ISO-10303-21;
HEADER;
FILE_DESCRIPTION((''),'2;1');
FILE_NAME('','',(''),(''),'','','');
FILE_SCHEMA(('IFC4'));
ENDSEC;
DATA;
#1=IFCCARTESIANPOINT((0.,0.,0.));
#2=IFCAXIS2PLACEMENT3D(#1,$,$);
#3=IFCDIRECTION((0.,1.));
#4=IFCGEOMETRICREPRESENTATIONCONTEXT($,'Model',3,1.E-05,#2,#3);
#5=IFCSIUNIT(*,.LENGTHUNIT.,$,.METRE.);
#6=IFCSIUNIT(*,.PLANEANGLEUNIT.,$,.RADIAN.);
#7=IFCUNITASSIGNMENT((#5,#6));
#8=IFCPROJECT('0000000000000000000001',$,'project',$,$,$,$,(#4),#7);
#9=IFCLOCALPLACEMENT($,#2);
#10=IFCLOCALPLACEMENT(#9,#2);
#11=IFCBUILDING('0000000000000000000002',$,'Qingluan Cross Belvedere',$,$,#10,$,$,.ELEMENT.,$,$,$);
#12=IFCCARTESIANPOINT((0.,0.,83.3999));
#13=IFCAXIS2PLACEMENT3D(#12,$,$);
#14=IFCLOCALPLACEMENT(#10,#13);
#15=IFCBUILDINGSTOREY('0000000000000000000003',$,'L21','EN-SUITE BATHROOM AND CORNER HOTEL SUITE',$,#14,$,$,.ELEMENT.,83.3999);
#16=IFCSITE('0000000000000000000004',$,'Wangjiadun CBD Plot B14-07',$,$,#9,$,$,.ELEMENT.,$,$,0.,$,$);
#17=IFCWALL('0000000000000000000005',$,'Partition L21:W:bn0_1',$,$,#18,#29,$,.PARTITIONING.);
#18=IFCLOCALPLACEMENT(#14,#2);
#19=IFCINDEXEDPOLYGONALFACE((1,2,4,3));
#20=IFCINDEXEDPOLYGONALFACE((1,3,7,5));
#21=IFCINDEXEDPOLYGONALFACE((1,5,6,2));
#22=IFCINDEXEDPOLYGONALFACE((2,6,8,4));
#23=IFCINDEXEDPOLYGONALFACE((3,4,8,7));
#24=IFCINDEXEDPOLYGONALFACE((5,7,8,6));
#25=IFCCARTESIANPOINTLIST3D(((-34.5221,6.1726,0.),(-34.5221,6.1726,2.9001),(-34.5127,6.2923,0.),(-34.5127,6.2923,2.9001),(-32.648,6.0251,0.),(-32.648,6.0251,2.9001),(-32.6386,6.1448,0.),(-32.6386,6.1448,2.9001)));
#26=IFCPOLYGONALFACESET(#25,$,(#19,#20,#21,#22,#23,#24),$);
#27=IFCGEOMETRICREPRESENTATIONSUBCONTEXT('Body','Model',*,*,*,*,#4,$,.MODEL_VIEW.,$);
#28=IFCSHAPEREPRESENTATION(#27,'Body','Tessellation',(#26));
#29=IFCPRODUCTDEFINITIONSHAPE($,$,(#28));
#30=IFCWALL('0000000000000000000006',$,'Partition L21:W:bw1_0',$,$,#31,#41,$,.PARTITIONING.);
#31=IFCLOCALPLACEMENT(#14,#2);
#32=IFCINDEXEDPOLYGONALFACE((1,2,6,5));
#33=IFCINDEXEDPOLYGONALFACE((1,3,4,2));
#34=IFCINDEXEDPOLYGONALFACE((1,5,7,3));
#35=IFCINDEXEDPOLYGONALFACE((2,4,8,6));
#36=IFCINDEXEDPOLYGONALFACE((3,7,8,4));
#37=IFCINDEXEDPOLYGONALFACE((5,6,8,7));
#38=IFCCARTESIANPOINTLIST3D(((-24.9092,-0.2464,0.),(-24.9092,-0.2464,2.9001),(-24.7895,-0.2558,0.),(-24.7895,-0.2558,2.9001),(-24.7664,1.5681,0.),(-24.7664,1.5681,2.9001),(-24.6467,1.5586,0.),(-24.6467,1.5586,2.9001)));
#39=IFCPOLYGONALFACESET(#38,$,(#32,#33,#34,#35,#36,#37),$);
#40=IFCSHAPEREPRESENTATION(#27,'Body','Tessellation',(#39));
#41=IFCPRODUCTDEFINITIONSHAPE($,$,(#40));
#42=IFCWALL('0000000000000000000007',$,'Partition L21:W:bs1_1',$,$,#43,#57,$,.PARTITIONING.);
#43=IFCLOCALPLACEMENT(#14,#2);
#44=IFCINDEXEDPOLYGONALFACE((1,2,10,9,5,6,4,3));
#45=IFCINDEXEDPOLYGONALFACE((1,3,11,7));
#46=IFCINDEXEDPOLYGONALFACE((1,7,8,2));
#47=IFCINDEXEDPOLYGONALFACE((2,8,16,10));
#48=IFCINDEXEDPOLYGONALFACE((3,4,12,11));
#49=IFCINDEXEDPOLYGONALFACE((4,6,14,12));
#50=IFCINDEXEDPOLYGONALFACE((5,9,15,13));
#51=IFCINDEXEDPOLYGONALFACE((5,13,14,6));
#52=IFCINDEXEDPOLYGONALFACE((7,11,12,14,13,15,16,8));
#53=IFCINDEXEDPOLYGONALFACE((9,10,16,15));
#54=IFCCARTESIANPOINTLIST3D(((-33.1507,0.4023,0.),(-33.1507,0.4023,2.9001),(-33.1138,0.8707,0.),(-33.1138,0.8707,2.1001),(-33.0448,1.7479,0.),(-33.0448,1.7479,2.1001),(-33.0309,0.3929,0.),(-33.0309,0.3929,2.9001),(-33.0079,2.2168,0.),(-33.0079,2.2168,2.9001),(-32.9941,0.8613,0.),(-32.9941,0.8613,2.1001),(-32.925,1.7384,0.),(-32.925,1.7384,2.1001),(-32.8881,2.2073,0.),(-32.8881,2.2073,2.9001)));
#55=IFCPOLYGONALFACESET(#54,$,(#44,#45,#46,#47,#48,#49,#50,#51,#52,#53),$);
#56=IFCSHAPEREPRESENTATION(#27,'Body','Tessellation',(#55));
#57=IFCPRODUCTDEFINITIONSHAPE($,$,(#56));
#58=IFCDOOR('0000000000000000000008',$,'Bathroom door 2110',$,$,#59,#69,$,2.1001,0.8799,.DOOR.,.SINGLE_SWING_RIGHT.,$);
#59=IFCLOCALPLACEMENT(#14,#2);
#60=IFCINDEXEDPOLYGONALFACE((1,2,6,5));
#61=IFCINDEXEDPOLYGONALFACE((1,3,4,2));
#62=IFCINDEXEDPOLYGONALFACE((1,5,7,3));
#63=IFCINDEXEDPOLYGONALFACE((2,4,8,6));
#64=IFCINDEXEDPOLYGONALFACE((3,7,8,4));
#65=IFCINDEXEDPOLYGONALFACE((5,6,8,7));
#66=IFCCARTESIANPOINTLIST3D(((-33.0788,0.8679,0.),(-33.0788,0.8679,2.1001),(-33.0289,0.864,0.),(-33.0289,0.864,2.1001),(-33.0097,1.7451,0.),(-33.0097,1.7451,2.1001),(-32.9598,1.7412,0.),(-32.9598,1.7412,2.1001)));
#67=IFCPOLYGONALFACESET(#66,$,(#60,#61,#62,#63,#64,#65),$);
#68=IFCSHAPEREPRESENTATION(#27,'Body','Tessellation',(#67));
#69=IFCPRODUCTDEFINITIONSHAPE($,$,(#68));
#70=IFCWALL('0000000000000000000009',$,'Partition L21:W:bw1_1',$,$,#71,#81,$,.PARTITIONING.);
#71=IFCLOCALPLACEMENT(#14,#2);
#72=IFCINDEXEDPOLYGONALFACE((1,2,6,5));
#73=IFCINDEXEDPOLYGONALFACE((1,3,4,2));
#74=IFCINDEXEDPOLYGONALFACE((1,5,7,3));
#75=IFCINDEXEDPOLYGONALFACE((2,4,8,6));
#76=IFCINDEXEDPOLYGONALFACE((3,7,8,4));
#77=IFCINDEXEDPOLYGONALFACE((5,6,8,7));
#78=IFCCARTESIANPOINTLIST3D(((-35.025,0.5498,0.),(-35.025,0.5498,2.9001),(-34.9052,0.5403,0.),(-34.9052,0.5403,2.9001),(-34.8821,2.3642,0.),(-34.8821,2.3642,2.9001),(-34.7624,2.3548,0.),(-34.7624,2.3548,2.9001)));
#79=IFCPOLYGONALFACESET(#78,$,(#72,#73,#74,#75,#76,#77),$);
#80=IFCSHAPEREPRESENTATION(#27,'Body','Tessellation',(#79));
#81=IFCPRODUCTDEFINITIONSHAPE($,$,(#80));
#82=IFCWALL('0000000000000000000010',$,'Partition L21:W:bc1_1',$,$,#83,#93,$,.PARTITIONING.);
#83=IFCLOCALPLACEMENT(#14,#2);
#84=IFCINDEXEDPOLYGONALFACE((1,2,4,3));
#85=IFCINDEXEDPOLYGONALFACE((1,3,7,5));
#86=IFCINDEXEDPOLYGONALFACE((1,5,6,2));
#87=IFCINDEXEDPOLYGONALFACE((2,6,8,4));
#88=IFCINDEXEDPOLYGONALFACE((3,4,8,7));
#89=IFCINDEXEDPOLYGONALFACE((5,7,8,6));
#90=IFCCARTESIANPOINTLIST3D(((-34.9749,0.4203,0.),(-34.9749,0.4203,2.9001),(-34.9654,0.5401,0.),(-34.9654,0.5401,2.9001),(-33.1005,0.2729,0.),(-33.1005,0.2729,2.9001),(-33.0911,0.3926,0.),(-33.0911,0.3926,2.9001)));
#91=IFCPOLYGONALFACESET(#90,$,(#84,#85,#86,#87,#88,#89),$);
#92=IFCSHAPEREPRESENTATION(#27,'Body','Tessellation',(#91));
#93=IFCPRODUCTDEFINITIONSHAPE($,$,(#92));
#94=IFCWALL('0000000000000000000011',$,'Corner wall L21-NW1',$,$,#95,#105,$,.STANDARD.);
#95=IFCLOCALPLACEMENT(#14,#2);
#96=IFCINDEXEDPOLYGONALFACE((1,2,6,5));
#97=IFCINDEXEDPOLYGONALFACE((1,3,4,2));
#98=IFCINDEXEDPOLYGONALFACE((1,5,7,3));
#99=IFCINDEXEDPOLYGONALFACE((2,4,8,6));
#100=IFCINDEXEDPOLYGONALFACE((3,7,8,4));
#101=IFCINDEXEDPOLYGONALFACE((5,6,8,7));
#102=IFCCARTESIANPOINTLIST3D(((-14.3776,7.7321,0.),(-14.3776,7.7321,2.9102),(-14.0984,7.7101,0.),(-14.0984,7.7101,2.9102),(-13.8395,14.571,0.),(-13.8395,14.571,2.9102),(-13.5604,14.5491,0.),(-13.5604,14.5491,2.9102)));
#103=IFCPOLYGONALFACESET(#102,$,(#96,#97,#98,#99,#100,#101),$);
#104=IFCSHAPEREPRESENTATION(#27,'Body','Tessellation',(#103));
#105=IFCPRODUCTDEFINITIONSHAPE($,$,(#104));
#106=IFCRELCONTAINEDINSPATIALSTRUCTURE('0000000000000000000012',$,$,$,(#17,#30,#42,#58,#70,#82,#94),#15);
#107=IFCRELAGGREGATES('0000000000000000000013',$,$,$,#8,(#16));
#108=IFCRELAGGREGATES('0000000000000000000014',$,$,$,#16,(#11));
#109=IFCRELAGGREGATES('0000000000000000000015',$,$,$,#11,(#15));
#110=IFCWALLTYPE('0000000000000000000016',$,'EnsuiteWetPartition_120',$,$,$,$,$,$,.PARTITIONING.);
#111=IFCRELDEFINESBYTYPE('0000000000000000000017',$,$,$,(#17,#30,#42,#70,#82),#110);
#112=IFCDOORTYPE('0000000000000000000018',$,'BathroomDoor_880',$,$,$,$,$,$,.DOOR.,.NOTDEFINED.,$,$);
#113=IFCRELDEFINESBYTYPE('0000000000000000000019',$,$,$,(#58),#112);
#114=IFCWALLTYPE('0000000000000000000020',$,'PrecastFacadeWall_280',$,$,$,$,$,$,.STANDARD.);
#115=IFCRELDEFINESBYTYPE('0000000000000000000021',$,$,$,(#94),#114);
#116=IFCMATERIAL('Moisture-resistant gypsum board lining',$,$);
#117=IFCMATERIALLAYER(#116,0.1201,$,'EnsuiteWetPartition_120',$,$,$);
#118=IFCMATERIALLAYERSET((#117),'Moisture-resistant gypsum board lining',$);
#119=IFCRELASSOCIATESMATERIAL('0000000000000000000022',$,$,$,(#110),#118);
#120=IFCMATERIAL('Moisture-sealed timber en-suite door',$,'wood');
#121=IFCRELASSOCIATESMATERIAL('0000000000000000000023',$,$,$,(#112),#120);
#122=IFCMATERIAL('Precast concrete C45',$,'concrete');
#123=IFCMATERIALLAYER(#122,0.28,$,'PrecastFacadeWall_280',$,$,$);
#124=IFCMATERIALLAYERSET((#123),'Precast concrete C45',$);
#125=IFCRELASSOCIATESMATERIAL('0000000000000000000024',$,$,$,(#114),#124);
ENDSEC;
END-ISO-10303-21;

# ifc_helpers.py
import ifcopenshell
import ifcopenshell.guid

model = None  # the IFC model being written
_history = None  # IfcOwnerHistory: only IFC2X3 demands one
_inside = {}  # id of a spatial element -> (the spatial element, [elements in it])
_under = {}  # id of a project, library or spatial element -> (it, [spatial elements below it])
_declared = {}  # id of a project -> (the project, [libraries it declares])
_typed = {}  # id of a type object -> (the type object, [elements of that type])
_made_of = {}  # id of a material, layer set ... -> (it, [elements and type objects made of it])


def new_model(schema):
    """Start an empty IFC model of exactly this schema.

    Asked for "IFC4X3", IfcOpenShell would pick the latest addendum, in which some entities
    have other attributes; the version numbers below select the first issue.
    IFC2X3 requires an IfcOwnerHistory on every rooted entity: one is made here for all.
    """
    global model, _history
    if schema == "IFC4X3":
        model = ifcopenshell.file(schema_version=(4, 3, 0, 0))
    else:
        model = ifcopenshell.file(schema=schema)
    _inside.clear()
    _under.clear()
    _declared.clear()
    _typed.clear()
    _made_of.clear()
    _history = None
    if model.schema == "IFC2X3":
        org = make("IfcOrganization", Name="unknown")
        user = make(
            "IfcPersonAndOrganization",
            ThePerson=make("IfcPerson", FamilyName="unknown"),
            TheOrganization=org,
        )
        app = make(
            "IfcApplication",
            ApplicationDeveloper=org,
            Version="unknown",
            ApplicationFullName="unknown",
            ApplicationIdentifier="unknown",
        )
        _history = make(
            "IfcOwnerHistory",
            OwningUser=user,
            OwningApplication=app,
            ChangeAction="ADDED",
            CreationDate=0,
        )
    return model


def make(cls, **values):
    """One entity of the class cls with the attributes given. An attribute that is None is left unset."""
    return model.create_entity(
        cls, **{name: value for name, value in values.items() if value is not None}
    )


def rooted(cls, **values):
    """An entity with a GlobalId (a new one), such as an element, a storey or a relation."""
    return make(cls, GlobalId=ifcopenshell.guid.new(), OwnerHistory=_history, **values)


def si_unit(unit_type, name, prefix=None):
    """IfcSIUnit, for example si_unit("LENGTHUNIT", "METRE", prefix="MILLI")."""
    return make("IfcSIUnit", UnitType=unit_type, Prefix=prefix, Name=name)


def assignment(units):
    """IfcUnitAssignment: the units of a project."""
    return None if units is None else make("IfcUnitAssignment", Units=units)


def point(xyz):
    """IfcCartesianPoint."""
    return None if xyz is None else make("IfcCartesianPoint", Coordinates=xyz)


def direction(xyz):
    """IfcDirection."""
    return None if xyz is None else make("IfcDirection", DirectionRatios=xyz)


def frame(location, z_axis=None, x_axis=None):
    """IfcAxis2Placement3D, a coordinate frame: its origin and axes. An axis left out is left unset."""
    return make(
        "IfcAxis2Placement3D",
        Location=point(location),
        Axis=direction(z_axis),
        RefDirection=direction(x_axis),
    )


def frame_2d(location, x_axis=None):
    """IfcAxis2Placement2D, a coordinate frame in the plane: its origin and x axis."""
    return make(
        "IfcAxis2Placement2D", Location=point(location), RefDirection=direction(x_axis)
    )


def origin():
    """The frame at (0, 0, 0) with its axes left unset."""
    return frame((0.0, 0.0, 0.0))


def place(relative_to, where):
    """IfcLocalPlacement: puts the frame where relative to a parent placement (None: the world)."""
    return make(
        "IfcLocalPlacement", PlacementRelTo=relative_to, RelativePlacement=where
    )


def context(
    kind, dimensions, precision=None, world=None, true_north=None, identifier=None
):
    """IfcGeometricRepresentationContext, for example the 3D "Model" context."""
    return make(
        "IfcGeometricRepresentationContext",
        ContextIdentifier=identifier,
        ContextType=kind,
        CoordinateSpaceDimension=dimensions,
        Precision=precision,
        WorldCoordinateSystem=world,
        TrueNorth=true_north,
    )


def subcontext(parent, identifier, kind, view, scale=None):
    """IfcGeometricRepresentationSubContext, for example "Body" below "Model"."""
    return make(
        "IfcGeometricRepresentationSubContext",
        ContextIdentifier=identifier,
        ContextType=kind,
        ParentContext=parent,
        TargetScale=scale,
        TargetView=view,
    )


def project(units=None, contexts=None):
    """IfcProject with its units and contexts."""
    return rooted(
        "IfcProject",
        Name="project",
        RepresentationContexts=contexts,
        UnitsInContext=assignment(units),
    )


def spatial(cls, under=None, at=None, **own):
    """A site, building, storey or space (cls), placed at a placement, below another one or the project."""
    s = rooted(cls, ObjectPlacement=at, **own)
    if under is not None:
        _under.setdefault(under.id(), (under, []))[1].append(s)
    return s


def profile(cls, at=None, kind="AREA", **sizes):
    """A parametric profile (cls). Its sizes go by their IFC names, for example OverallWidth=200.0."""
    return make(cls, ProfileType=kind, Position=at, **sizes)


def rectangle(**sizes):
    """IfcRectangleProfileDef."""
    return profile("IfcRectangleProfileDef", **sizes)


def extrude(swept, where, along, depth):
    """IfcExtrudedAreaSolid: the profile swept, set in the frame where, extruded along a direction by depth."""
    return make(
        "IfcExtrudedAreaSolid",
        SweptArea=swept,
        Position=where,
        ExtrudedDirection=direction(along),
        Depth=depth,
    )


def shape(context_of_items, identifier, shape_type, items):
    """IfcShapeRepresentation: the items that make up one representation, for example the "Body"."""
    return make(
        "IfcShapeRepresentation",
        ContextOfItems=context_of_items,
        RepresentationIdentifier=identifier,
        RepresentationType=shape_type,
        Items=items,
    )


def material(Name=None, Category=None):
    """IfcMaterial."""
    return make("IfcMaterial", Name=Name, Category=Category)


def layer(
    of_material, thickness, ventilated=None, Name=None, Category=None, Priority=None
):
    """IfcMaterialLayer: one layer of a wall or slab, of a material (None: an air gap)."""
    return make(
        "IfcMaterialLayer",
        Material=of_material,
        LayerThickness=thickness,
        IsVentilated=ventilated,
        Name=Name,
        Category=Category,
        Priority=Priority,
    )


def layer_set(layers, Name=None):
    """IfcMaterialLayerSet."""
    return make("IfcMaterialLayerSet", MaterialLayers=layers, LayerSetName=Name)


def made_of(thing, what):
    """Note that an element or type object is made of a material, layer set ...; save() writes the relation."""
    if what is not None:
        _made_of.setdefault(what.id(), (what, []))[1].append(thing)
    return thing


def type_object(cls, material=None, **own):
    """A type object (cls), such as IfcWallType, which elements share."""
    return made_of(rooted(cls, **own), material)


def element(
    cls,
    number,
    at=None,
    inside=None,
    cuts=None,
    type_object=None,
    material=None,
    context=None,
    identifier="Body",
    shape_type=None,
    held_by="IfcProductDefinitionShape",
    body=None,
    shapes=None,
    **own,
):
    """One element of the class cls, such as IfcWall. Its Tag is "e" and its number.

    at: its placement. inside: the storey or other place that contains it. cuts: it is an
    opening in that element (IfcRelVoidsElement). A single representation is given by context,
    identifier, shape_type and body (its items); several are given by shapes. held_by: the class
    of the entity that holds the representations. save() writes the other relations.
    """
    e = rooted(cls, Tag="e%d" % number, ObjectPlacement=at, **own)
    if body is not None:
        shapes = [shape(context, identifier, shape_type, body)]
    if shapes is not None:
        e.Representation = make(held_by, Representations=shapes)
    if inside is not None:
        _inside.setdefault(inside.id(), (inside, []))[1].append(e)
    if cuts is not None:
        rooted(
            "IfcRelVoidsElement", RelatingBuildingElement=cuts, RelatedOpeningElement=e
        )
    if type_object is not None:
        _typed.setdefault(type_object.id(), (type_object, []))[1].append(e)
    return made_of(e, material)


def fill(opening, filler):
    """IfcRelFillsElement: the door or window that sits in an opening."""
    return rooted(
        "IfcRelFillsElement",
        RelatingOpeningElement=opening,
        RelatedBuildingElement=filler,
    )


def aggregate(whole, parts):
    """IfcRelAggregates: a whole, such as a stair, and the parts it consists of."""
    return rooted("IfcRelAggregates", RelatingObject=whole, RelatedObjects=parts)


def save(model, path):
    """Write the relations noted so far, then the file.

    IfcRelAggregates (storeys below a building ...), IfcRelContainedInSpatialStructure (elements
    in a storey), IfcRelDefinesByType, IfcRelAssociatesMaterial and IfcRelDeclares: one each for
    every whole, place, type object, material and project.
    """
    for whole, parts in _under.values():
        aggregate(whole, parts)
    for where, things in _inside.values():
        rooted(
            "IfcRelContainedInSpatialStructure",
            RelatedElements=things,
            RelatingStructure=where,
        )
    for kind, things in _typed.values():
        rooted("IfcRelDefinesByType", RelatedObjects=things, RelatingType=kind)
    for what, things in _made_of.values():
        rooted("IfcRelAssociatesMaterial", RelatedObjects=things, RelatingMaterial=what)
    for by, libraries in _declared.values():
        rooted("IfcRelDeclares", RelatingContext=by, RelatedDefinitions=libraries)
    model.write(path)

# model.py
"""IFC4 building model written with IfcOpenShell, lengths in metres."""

from ifc_helpers import new_model, si_unit, direction, frame, frame_2d, origin, place, context, subcontext, project, spatial, rectangle, extrude, material, layer, layer_set, type_object, element, fill, save


model = new_model("IFC4")

# Units and contexts
model_context = context("Model", 3, precision=1e-05, world=origin(), true_north=direction((0.0, 1.0)))
body_context = subcontext(model_context, "Body", "Model", "MODEL_VIEW")
ifc_project = project(units=[si_unit("LENGTHUNIT", "METRE"), si_unit("PLANEANGLEUNIT", "RADIAN")], contexts=[model_context])

# Site, building, storey
site_placement = place(None, origin())
site = spatial("IfcSite", under=ifc_project, at=site_placement, Name="Wangjiadun CBD Plot B14-07", CompositionType="ELEMENT", RefElevation=0.0)
building_placement = place(site_placement, origin())
building = spatial("IfcBuilding", under=site, at=building_placement, Name="Qingluan Cross Belvedere", CompositionType="ELEMENT")
storey_placement = place(building_placement, frame((0.0, 0.0, 83.3999)))
storey = spatial("IfcBuildingStorey", under=building, at=storey_placement, Name="L21", Description="EN-SUITE BATHROOM AND CORNER HOTEL SUITE", CompositionType="ELEMENT", Elevation=83.3999)

# Shared definitions
ifc_material_1 = material(Name="Moisture-resistant gypsum board lining")
ifc_layer_1 = layer(ifc_material_1, 0.1201, Name="EnsuiteWetPartition_120")
ifc_layer_set_1 = layer_set([ifc_layer_1], Name="Moisture-resistant gypsum board lining")
wall_type_1 = type_object("IfcWallType", Name="EnsuiteWetPartition_120", PredefinedType="PARTITIONING", material=ifc_layer_set_1)
ifc_material_2 = material(Name="Moisture-sealed timber en-suite door", Category="wood")
door_type_1 = type_object("IfcDoorType", Name="BathroomDoor_880", OperationType="NOTDEFINED", PredefinedType="DOOR", material=ifc_material_2)

# Walls
wall_1_placement = place(storey_placement, frame((-32.6433, 6.085, 0.0), z_axis=(0.0, 0.0, 1.0), x_axis=(-0.996918, 0.078444, 0.0)))
element("IfcWall", 1, at=wall_1_placement, inside=storey, type_object=wall_type_1, Name="Partition L21:W:bn0_1", PredefinedType="PARTITIONING", context=body_context, shape_type="SweptSolid", body=[
    extrude(rectangle(XDim=1.8799, YDim=0.1201, at=frame_2d((0.9399, 0.0))), origin(), (0.0, 0.0, 1.0), 2.9001),
])
wall_2_placement = place(storey_placement, frame((-24.8494, -0.2512, 0.0), z_axis=(0.0, 0.0, 1.0), x_axis=(0.078471, 0.996916, 0.0)))
element("IfcWall", 2, at=wall_2_placement, inside=storey, type_object=wall_type_1, Name="Partition L21:W:bw1_0", PredefinedType="PARTITIONING", context=body_context, shape_type="SweptSolid", body=[
    extrude(rectangle(XDim=1.8201, YDim=0.1201, at=frame_2d((0.9102, 0.0))), origin(), (0.0, 0.0, 1.0), 2.9001),
])

# Wall, opening, door
wall_3_placement = place(storey_placement, frame((-33.0908, 0.3975, 0.0), z_axis=(0.0, 0.0, 1.0), x_axis=(0.078471, 0.996916, 0.0)))
wall_3 = element("IfcWall", 3, at=wall_3_placement, inside=storey, type_object=wall_type_1, Name="Partition L21:W:bs1_1", PredefinedType="PARTITIONING", context=body_context, shape_type="SweptSolid", body=[
    extrude(rectangle(XDim=1.8201, YDim=0.1201, at=frame_2d((0.9102, 0.0))), origin(), (0.0, 0.0, 1.0), 2.9001),
])
opening_1_placement = place(wall_3_placement, frame((0.47, 0.0, 0.0)))
opening_1 = element("IfcOpeningElement", 4, at=opening_1_placement, cuts=wall_3, PredefinedType="OPENING", context=body_context, shape_type="SweptSolid", body=[
    extrude(rectangle(XDim=0.8799, YDim=2.1001, at=frame_2d((0.4399, 1.05))), frame((0.0, 0.0701, 0.0), z_axis=(0.0, -1.0, 0.0), x_axis=(1.0, 0.0, 0.0)), (0.0, 0.0, 1.0), 0.1401),
])
door_1_placement = place(opening_1_placement, origin())
door_1 = element("IfcDoor", 5, at=door_1_placement, inside=storey, type_object=door_type_1, Name="Bathroom door 2110", OperationType="SINGLE_SWING_RIGHT", OverallHeight=2.1001, OverallWidth=0.8799, PredefinedType="DOOR", context=body_context, shape_type="SweptSolid", body=[
    extrude(rectangle(XDim=0.8799, YDim=2.1001, at=frame_2d((0.4399, 1.05))), frame((0.0, 0.0249, 0.0), z_axis=(0.0, -1.0, 0.0), x_axis=(1.0, 0.0, 0.0)), (0.0, 0.0, 1.0), 0.05),
])
fill(opening_1, door_1)

# Walls
wall_4_placement = place(storey_placement, frame((-34.9651, 0.5449, 0.0), z_axis=(0.0, 0.0, 1.0), x_axis=(0.078471, 0.996916, 0.0)))
element("IfcWall", 6, at=wall_4_placement, inside=storey, type_object=wall_type_1, Name="Partition L21:W:bw1_1", PredefinedType="PARTITIONING", context=body_context, shape_type="SweptSolid", body=[
    extrude(rectangle(XDim=1.8201, YDim=0.1201, at=frame_2d((0.9102, 0.0))), origin(), (0.0, 0.0, 1.0), 2.9001),
])
wall_5_placement = place(storey_placement, frame((-33.0959, 0.3328, 0.0), z_axis=(0.0, 0.0, 1.0), x_axis=(-0.996919, 0.078434, 0.0)))
element("IfcWall", 7, at=wall_5_placement, inside=storey, type_object=wall_type_1, Name="Partition L21:W:bc1_1", PredefinedType="PARTITIONING", context=body_context, shape_type="SweptSolid", body=[
    extrude(rectangle(XDim=1.8801, YDim=0.1201, at=frame_2d((0.9399, 0.0))), origin(), (0.0, 0.0, 1.0), 2.9001),
])
ifc_material_3 = material(Name="Precast concrete C45", Category="concrete")
ifc_layer_2 = layer(ifc_material_3, 0.28, Name="PrecastFacadeWall_280")
ifc_layer_set_2 = layer_set([ifc_layer_2], Name="Precast concrete C45")
wall_type_2 = type_object("IfcWallType", Name="PrecastFacadeWall_280", PredefinedType="STANDARD", material=ifc_layer_set_2)
wall_6_placement = place(storey_placement, frame((-14.238, 7.7209, 0.0), z_axis=(0.0, 0.0, 1.0), x_axis=(0.078438, 0.996919, 0.0)))
element("IfcWall", 8, at=wall_6_placement, inside=storey, type_object=wall_type_2, Name="Corner wall L21-NW1", PredefinedType="STANDARD", context=body_context, shape_type="SweptSolid", body=[
    extrude(rectangle(XDim=6.8601, YDim=0.28, at=frame_2d((3.4302, 0.0))), origin(), (0.0, 0.0, 1.0), 2.9102),
])

save(model, "model.ifc")
